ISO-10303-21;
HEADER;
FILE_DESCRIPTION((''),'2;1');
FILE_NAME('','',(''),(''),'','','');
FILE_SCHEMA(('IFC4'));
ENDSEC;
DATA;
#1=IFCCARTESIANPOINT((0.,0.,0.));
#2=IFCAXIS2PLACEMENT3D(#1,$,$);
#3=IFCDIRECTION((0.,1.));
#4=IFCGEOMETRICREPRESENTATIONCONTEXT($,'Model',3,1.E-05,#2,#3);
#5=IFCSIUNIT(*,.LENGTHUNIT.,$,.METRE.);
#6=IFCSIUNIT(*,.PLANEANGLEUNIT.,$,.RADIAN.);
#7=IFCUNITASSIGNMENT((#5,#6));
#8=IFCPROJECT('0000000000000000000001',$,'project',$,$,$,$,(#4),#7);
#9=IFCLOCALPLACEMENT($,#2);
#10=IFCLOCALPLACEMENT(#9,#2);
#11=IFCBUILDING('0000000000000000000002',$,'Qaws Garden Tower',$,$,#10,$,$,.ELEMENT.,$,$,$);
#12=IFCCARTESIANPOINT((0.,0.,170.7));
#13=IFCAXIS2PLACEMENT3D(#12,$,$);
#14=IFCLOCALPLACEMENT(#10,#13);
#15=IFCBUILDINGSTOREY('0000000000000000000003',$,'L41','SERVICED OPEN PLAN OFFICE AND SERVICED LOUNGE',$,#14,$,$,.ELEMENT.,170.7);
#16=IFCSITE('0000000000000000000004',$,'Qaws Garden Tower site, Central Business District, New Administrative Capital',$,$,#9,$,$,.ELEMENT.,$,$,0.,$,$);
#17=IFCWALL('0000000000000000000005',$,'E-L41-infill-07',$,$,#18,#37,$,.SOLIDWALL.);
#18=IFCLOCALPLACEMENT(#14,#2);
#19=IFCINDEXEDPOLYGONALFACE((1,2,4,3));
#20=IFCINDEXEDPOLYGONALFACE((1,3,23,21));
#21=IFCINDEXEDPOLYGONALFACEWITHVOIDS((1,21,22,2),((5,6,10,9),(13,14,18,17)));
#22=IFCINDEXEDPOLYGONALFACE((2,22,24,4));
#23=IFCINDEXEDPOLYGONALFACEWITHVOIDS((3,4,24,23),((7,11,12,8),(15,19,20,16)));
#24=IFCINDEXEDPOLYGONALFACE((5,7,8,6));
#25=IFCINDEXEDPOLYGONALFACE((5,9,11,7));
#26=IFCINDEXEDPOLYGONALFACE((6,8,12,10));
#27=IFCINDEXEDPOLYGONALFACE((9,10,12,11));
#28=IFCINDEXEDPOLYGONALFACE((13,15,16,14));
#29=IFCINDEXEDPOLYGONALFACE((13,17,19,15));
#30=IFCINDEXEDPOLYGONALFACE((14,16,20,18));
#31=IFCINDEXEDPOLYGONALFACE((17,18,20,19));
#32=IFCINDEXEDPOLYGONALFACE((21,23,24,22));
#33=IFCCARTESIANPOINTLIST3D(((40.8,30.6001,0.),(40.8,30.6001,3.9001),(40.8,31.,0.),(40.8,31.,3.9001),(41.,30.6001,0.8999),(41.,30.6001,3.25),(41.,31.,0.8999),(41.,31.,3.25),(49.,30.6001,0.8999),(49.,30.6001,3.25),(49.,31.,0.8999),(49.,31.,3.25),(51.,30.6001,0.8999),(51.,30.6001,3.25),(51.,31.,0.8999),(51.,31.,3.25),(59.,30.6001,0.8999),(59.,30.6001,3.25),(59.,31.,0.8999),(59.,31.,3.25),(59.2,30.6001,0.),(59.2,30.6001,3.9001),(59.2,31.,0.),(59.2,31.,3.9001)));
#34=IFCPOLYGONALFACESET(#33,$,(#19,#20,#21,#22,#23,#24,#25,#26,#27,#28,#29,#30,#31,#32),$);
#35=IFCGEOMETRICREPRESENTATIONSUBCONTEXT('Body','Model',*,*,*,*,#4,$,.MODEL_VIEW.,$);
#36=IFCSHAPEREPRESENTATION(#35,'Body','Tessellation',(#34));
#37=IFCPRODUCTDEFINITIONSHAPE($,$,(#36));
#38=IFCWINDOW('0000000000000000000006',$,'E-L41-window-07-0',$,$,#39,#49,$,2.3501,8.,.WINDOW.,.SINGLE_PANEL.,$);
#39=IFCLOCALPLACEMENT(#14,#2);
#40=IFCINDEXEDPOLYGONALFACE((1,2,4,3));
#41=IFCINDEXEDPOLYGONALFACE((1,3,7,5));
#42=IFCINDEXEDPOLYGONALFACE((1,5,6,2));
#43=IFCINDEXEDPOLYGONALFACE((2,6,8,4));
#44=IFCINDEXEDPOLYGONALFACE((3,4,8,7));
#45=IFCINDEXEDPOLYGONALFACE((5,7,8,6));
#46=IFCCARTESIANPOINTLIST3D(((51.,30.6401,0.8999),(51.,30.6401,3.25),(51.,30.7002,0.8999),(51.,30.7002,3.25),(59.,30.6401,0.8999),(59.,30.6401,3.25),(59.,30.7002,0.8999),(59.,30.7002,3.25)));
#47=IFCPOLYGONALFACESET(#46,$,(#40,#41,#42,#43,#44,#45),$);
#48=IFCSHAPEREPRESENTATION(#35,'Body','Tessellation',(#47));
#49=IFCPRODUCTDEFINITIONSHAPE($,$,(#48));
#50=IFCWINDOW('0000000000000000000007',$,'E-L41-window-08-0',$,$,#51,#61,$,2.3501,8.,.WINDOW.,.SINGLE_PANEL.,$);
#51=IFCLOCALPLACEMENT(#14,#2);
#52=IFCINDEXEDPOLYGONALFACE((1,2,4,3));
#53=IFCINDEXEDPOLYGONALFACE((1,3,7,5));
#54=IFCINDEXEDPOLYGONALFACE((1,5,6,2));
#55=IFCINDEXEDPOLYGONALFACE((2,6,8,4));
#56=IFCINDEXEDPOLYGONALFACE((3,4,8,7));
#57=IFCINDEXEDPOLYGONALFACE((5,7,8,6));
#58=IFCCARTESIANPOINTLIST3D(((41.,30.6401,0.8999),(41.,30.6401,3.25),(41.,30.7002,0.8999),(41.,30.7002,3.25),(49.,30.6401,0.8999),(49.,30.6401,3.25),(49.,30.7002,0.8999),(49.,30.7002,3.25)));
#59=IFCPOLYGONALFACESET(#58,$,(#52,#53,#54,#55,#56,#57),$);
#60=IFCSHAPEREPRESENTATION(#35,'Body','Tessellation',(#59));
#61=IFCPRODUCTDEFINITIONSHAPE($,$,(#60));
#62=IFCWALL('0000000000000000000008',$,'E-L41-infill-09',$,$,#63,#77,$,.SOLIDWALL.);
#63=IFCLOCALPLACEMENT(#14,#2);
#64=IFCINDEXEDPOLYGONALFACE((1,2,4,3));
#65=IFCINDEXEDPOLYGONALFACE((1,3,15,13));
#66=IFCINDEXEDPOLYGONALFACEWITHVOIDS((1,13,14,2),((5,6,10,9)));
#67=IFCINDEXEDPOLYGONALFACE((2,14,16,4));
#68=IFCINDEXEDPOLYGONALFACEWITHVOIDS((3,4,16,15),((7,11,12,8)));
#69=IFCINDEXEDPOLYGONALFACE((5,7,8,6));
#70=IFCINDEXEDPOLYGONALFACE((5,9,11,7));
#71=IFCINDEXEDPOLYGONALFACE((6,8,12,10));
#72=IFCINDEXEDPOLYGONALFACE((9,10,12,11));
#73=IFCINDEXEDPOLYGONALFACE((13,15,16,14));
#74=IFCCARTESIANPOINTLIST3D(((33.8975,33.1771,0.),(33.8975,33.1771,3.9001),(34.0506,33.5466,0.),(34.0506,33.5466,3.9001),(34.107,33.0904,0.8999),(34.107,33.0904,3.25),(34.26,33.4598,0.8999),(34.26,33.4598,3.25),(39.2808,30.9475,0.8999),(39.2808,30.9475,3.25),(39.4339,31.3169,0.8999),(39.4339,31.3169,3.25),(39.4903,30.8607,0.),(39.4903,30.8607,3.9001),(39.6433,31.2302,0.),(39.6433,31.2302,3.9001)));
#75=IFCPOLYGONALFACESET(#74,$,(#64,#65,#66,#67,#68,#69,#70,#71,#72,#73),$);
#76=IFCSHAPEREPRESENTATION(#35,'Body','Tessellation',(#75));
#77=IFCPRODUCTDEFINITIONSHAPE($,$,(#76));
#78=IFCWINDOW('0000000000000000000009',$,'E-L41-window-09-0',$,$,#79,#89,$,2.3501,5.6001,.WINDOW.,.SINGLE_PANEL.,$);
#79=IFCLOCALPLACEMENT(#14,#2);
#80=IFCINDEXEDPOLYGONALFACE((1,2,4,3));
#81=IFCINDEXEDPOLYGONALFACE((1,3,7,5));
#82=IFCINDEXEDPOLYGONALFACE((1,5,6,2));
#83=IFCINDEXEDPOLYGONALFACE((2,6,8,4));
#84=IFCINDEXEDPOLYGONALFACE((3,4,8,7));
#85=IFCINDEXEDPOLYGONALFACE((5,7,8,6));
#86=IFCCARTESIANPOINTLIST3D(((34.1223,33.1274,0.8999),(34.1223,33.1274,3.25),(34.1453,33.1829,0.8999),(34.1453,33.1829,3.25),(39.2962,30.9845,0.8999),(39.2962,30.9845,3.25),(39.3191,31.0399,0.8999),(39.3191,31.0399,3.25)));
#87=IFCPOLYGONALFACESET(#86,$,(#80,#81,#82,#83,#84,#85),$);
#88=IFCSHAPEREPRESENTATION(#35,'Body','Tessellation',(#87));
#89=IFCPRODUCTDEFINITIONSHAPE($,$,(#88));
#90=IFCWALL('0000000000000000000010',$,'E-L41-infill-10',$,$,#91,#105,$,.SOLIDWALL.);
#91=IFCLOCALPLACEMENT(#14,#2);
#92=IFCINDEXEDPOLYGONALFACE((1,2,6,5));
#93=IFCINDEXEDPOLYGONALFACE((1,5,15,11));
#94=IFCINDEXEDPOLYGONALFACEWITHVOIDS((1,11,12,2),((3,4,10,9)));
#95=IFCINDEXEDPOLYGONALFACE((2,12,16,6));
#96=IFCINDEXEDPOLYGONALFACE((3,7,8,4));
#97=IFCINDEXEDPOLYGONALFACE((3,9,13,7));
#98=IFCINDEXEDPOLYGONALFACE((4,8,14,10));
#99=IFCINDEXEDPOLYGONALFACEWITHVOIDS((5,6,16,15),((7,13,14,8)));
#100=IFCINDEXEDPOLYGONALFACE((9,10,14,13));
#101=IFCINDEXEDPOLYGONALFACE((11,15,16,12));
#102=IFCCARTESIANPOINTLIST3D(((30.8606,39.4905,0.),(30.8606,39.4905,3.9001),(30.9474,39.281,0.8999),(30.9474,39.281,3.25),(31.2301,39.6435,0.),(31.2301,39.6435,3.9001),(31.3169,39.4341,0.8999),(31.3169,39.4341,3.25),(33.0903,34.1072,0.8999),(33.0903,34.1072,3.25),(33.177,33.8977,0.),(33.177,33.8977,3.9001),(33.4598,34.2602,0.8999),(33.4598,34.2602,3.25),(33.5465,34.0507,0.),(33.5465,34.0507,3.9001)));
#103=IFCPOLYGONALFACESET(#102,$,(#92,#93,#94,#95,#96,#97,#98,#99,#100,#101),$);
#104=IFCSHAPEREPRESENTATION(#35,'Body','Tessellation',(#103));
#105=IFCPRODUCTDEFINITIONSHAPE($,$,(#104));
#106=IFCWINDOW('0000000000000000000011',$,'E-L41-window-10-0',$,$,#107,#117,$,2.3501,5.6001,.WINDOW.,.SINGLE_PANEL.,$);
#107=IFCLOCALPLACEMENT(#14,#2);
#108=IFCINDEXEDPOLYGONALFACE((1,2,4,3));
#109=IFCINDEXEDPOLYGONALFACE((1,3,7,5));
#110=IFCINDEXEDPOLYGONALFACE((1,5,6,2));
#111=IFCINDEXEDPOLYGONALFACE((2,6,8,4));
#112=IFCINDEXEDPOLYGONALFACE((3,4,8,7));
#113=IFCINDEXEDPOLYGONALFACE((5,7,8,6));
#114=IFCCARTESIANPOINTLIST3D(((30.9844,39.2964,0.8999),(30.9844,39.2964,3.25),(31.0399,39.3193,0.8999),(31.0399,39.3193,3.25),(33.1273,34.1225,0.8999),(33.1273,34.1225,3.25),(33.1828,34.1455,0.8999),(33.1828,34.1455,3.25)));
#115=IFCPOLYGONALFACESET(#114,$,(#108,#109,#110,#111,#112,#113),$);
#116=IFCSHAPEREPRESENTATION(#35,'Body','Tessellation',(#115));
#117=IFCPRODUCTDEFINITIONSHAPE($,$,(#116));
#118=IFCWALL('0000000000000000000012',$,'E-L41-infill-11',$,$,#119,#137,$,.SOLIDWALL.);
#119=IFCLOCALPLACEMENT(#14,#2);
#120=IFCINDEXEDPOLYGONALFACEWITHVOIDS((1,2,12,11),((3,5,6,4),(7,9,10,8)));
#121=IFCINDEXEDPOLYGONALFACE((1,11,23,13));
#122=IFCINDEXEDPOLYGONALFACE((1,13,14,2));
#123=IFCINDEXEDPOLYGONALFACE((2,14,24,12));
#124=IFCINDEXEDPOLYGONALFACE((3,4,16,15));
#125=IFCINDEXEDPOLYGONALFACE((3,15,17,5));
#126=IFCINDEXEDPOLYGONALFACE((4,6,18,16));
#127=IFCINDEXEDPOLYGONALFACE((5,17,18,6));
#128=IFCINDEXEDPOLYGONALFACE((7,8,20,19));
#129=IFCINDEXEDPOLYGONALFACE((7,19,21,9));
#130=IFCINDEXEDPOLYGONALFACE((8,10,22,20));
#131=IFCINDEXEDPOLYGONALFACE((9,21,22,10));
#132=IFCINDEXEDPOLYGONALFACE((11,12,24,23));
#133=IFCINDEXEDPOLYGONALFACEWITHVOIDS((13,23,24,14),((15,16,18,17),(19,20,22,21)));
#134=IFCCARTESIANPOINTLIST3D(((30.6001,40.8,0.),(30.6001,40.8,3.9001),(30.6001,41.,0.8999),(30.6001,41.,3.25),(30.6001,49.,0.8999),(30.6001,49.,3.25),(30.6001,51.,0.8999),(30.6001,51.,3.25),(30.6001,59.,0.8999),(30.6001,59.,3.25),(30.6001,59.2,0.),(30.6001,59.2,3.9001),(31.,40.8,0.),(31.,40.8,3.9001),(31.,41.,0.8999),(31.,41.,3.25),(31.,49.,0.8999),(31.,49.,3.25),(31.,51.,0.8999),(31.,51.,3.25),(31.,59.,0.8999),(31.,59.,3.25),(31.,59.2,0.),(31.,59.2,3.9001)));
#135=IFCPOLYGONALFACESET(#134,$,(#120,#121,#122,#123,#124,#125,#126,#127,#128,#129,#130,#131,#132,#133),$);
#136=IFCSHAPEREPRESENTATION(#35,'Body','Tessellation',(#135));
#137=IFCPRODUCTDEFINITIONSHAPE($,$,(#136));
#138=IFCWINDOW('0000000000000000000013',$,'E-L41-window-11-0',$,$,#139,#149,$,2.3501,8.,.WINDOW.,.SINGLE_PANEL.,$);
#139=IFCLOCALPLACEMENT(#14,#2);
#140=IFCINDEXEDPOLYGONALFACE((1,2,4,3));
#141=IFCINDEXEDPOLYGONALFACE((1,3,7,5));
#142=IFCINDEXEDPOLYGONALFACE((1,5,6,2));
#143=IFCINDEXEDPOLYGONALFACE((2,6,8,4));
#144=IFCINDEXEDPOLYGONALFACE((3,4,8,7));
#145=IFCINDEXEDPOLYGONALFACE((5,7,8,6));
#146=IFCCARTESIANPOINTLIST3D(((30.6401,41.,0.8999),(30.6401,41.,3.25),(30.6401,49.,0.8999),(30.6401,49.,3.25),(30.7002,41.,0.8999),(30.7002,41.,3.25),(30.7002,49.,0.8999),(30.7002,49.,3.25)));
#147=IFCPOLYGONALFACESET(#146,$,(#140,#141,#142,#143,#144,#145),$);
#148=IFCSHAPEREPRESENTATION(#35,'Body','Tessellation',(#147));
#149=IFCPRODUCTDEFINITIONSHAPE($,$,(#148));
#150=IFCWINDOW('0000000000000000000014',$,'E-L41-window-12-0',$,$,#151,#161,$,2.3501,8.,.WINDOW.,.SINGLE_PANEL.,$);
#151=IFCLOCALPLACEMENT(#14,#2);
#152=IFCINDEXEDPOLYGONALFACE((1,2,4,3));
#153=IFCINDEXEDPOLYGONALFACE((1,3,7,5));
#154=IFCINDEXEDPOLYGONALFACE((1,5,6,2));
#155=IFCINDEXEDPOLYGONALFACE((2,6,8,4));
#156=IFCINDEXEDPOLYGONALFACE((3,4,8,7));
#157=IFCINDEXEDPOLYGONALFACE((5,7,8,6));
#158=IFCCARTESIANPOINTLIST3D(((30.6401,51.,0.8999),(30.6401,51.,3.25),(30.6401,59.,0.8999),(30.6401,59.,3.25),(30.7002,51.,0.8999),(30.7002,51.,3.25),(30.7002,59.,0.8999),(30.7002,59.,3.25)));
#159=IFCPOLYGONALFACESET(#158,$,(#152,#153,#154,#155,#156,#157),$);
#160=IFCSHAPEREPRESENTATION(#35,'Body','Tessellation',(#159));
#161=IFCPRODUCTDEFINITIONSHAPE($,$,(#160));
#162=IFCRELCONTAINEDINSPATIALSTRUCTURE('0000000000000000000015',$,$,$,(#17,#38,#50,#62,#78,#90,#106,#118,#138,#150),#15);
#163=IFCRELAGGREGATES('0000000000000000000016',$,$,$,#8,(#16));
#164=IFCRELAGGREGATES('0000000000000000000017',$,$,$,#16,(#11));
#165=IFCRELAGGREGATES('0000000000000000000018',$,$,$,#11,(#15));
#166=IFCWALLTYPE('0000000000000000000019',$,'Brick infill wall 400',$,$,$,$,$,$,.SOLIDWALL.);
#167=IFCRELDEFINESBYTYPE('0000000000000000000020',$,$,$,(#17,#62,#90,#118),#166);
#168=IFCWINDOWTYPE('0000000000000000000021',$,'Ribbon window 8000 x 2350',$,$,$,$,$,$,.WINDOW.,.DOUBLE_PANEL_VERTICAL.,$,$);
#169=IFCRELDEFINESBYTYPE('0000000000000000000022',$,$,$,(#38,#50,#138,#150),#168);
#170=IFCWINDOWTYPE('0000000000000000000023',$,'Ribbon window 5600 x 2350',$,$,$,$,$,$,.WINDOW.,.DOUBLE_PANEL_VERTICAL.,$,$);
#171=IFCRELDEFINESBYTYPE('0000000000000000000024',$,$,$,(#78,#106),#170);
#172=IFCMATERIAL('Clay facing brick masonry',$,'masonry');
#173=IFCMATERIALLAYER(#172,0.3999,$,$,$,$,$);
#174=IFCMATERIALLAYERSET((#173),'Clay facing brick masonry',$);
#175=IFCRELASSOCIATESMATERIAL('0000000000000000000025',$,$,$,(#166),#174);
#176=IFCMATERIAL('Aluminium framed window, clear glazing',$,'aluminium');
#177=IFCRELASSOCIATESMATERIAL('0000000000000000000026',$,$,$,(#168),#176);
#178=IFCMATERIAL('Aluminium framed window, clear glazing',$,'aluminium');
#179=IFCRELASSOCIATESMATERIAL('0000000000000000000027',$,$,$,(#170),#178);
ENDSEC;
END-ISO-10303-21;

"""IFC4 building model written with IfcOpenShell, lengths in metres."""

from ifc_helpers import new_model, si_unit, direction, frame, frame_2d, origin, place, context, subcontext, project, spatial, rectangle, extrude, material, layer, layer_set, type_object, element, fill, save


model = new_model("IFC4")

# Units and contexts
model_context = context("Model", 3, precision=1e-05, world=origin(), true_north=direction((0.0, 1.0)))
body_context = subcontext(model_context, "Body", "Model", "MODEL_VIEW")
ifc_project = project(units=[si_unit("LENGTHUNIT", "METRE"), si_unit("PLANEANGLEUNIT", "RADIAN")], contexts=[model_context])

# Site, building, storey
site_placement = place(None, origin())
site = spatial("IfcSite", under=ifc_project, at=site_placement, Name="Qaws Garden Tower site, Central Business District, New Administrative Capital", CompositionType="ELEMENT", RefElevation=0.0)
building_placement = place(site_placement, origin())
building = spatial("IfcBuilding", under=site, at=building_placement, Name="Qaws Garden Tower", CompositionType="ELEMENT")
storey_placement = place(building_placement, frame((0.0, 0.0, 170.7)))
storey = spatial("IfcBuildingStorey", under=building, at=storey_placement, Name="L41", Description="SERVICED OPEN PLAN OFFICE AND SERVICED LOUNGE", CompositionType="ELEMENT", Elevation=170.7)

# Wall, openings, windows
ifc_material_1 = material(Name="Clay facing brick masonry", Category="masonry")
ifc_layer_1 = layer(ifc_material_1, 0.3999)
ifc_layer_set_1 = layer_set([ifc_layer_1], Name="Clay facing brick masonry")
wall_type_1 = type_object("IfcWallType", Name="Brick infill wall 400", PredefinedType="SOLIDWALL", material=ifc_layer_set_1)
wall_1_placement = place(storey_placement, frame((59.2, 30.8, 0.0), z_axis=(0.0, 0.0, 1.0), x_axis=(-1.0, 0.0, 0.0)))
wall_1 = element("IfcWall", 1, at=wall_1_placement, inside=storey, type_object=wall_type_1, Name="E-L41-infill-07", PredefinedType="SOLIDWALL", context=body_context, shape_type="SweptSolid", body=[
    extrude(rectangle(XDim=18.3999, YDim=0.3999, at=frame_2d((9.2, 0.0))), origin(), (0.0, 0.0, 1.0), 3.9001),
])
opening_1_placement = place(wall_1_placement, frame((0.2, 0.0, 0.8999)))
opening_1 = element("IfcOpeningElement", 2, at=opening_1_placement, cuts=wall_1, PredefinedType="OPENING", context=body_context, shape_type="SweptSolid", body=[
    extrude(rectangle(XDim=8.0, YDim=2.3501, at=frame_2d((4.0, 1.175))), frame((0.0, 0.21, 0.0), z_axis=(0.0, -1.0, 0.0), x_axis=(1.0, 0.0, 0.0)), (0.0, 0.0, 1.0), 0.4199),
])
opening_2_placement = place(wall_1_placement, frame((10.2, 0.0, 0.8999)))
opening_2 = element("IfcOpeningElement", 3, at=opening_2_placement, cuts=wall_1, PredefinedType="OPENING", context=body_context, shape_type="SweptSolid", body=[
    extrude(rectangle(XDim=8.0, YDim=2.3501, at=frame_2d((4.0, 1.175))), frame((0.0, 0.21, 0.0), z_axis=(0.0, -1.0, 0.0), x_axis=(1.0, 0.0, 0.0)), (0.0, 0.0, 1.0), 0.4199),
])
ifc_material_2 = material(Name="Aluminium framed window, clear glazing", Category="aluminium")
window_type_1 = type_object("IfcWindowType", Name="Ribbon window 8000 x 2350", PartitioningType="DOUBLE_PANEL_VERTICAL", PredefinedType="WINDOW", material=ifc_material_2)
window_1_placement = place(opening_1_placement, origin())
window_1 = element("IfcWindow", 4, at=window_1_placement, inside=storey, type_object=window_type_1, Name="E-L41-window-07-0", OverallHeight=2.3501, OverallWidth=8.0, PartitioningType="SINGLE_PANEL", PredefinedType="WINDOW", context=body_context, shape_type="SweptSolid", body=[
    extrude(rectangle(XDim=8.0, YDim=2.3501, at=frame_2d((4.0, 1.175))), frame((0.0, 0.1599, 0.0), z_axis=(0.0, -1.0, 0.0), x_axis=(1.0, 0.0, 0.0)), (0.0, 0.0, 1.0), 0.0601),
])
fill(opening_1, window_1)
window_2_placement = place(opening_2_placement, origin())
window_2 = element("IfcWindow", 5, at=window_2_placement, inside=storey, type_object=window_type_1, Name="E-L41-window-08-0", OverallHeight=2.3501, OverallWidth=8.0, PartitioningType="SINGLE_PANEL", PredefinedType="WINDOW", context=body_context, shape_type="SweptSolid", body=[
    extrude(rectangle(XDim=8.0, YDim=2.3501, at=frame_2d((4.0, 1.175))), frame((0.0, 0.1599, 0.0), z_axis=(0.0, -1.0, 0.0), x_axis=(1.0, 0.0, 0.0)), (0.0, 0.0, 1.0), 0.0601),
])
fill(opening_2, window_2)

# Walls, openings, windows
wall_2_placement = place(storey_placement, frame((39.5669, 31.0454, 0.0), z_axis=(0.0, 0.0, 1.0), x_axis=(-0.923891, 0.382656, 0.0)))
wall_2 = element("IfcWall", 6, at=wall_2_placement, inside=storey, type_object=wall_type_1, Name="E-L41-infill-09", PredefinedType="SOLIDWALL", context=body_context, shape_type="SweptSolid", body=[
    extrude(rectangle(XDim=6.0535, YDim=0.3999, at=frame_2d((3.0269, 0.0))), origin(), (0.0, 0.0, 1.0), 3.9001),
])
opening_3_placement = place(wall_2_placement, frame((0.2268, 0.0, 0.8999)))
opening_3 = element("IfcOpeningElement", 7, at=opening_3_placement, cuts=wall_2, PredefinedType="OPENING", context=body_context, shape_type="SweptSolid", body=[
    extrude(rectangle(XDim=5.6001, YDim=2.3501, at=frame_2d((2.8, 1.175))), frame((0.0, 0.21, 0.0), z_axis=(0.0, -1.0, 0.0), x_axis=(1.0, 0.0, 0.0)), (0.0, 0.0, 1.0), 0.4199),
])
ifc_material_3 = material(Name="Aluminium framed window, clear glazing", Category="aluminium")
window_type_2 = type_object("IfcWindowType", Name="Ribbon window 5600 x 2350", PartitioningType="DOUBLE_PANEL_VERTICAL", PredefinedType="WINDOW", material=ifc_material_3)
window_3_placement = place(opening_3_placement, origin())
window_3 = element("IfcWindow", 8, at=window_3_placement, inside=storey, type_object=window_type_2, Name="E-L41-window-09-0", OverallHeight=2.3501, OverallWidth=5.6001, PartitioningType="SINGLE_PANEL", PredefinedType="WINDOW", context=body_context, shape_type="SweptSolid", body=[
    extrude(rectangle(XDim=5.6001, YDim=2.3501, at=frame_2d((2.8, 1.175))), frame((0.0, 0.1599, 0.0), z_axis=(0.0, -1.0, 0.0), x_axis=(1.0, 0.0, 0.0)), (0.0, 0.0, 1.0), 0.0601),
])
fill(opening_3, window_3)
wall_3_placement = place(storey_placement, frame((33.3618, 33.9741, 0.0), z_axis=(0.0, 0.0, 1.0), x_axis=(-0.382656, 0.923891, 0.0)))
wall_3 = element("IfcWall", 9, at=wall_3_placement, inside=storey, type_object=wall_type_1, Name="E-L41-infill-10", PredefinedType="SOLIDWALL", context=body_context, shape_type="SweptSolid", body=[
    extrude(rectangle(XDim=6.0535, YDim=0.3999, at=frame_2d((3.0269, 0.0))), origin(), (0.0, 0.0, 1.0), 3.9001),
])
opening_4_placement = place(wall_3_placement, frame((0.2268, 0.0, 0.8999)))
opening_4 = element("IfcOpeningElement", 10, at=opening_4_placement, cuts=wall_3, PredefinedType="OPENING", context=body_context, shape_type="SweptSolid", body=[
    extrude(rectangle(XDim=5.6001, YDim=2.3501, at=frame_2d((2.8, 1.175))), frame((0.0, 0.21, 0.0), z_axis=(0.0, -1.0, 0.0), x_axis=(1.0, 0.0, 0.0)), (0.0, 0.0, 1.0), 0.4199),
])
window_4_placement = place(opening_4_placement, origin())
window_4 = element("IfcWindow", 11, at=window_4_placement, inside=storey, type_object=window_type_2, Name="E-L41-window-10-0", OverallHeight=2.3501, OverallWidth=5.6001, PartitioningType="SINGLE_PANEL", PredefinedType="WINDOW", context=body_context, shape_type="SweptSolid", body=[
    extrude(rectangle(XDim=5.6001, YDim=2.3501, at=frame_2d((2.8, 1.175))), frame((0.0, 0.1599, 0.0), z_axis=(0.0, -1.0, 0.0), x_axis=(1.0, 0.0, 0.0)), (0.0, 0.0, 1.0), 0.0601),
])
fill(opening_4, window_4)

# Wall, openings, windows
wall_4_placement = place(storey_placement, frame((30.8, 40.8, 0.0), z_axis=(0.0, 0.0, 1.0), x_axis=(0.0, 1.0, 0.0)))
wall_4 = element("IfcWall", 12, at=wall_4_placement, inside=storey, type_object=wall_type_1, Name="E-L41-infill-11", PredefinedType="SOLIDWALL", context=body_context, shape_type="SweptSolid", body=[
    extrude(rectangle(XDim=18.3999, YDim=0.3999, at=frame_2d((9.2, 0.0))), origin(), (0.0, 0.0, 1.0), 3.9001),
])
opening_5_placement = place(wall_4_placement, frame((0.2, 0.0, 0.8999)))
opening_5 = element("IfcOpeningElement", 13, at=opening_5_placement, cuts=wall_4, PredefinedType="OPENING", context=body_context, shape_type="SweptSolid", body=[
    extrude(rectangle(XDim=8.0, YDim=2.3501, at=frame_2d((4.0, 1.175))), frame((0.0, 0.21, 0.0), z_axis=(0.0, -1.0, 0.0), x_axis=(1.0, 0.0, 0.0)), (0.0, 0.0, 1.0), 0.4199),
])
opening_6_placement = place(wall_4_placement, frame((10.2, 0.0, 0.8999)))
opening_6 = element("IfcOpeningElement", 14, at=opening_6_placement, cuts=wall_4, PredefinedType="OPENING", context=body_context, shape_type="SweptSolid", body=[
    extrude(rectangle(XDim=8.0, YDim=2.3501, at=frame_2d((4.0, 1.175))), frame((0.0, 0.21, 0.0), z_axis=(0.0, -1.0, 0.0), x_axis=(1.0, 0.0, 0.0)), (0.0, 0.0, 1.0), 0.4199),
])
window_5_placement = place(opening_5_placement, origin())
window_5 = element("IfcWindow", 15, at=window_5_placement, inside=storey, type_object=window_type_1, Name="E-L41-window-11-0", OverallHeight=2.3501, OverallWidth=8.0, PartitioningType="SINGLE_PANEL", PredefinedType="WINDOW", context=body_context, shape_type="SweptSolid", body=[
    extrude(rectangle(XDim=8.0, YDim=2.3501, at=frame_2d((4.0, 1.175))), frame((0.0, 0.1599, 0.0), z_axis=(0.0, -1.0, 0.0), x_axis=(1.0, 0.0, 0.0)), (0.0, 0.0, 1.0), 0.0601),
])
fill(opening_5, window_5)
window_6_placement = place(opening_6_placement, origin())
window_6 = element("IfcWindow", 16, at=window_6_placement, inside=storey, type_object=window_type_1, Name="E-L41-window-12-0", OverallHeight=2.3501, OverallWidth=8.0, PartitioningType="SINGLE_PANEL", PredefinedType="WINDOW", context=body_context, shape_type="SweptSolid", body=[
    extrude(rectangle(XDim=8.0, YDim=2.3501, at=frame_2d((4.0, 1.175))), frame((0.0, 0.1599, 0.0), z_axis=(0.0, -1.0, 0.0), x_axis=(1.0, 0.0, 0.0)), (0.0, 0.0, 1.0), 0.0601),
])
fill(opening_6, window_6)

save(model, "model.ifc")
